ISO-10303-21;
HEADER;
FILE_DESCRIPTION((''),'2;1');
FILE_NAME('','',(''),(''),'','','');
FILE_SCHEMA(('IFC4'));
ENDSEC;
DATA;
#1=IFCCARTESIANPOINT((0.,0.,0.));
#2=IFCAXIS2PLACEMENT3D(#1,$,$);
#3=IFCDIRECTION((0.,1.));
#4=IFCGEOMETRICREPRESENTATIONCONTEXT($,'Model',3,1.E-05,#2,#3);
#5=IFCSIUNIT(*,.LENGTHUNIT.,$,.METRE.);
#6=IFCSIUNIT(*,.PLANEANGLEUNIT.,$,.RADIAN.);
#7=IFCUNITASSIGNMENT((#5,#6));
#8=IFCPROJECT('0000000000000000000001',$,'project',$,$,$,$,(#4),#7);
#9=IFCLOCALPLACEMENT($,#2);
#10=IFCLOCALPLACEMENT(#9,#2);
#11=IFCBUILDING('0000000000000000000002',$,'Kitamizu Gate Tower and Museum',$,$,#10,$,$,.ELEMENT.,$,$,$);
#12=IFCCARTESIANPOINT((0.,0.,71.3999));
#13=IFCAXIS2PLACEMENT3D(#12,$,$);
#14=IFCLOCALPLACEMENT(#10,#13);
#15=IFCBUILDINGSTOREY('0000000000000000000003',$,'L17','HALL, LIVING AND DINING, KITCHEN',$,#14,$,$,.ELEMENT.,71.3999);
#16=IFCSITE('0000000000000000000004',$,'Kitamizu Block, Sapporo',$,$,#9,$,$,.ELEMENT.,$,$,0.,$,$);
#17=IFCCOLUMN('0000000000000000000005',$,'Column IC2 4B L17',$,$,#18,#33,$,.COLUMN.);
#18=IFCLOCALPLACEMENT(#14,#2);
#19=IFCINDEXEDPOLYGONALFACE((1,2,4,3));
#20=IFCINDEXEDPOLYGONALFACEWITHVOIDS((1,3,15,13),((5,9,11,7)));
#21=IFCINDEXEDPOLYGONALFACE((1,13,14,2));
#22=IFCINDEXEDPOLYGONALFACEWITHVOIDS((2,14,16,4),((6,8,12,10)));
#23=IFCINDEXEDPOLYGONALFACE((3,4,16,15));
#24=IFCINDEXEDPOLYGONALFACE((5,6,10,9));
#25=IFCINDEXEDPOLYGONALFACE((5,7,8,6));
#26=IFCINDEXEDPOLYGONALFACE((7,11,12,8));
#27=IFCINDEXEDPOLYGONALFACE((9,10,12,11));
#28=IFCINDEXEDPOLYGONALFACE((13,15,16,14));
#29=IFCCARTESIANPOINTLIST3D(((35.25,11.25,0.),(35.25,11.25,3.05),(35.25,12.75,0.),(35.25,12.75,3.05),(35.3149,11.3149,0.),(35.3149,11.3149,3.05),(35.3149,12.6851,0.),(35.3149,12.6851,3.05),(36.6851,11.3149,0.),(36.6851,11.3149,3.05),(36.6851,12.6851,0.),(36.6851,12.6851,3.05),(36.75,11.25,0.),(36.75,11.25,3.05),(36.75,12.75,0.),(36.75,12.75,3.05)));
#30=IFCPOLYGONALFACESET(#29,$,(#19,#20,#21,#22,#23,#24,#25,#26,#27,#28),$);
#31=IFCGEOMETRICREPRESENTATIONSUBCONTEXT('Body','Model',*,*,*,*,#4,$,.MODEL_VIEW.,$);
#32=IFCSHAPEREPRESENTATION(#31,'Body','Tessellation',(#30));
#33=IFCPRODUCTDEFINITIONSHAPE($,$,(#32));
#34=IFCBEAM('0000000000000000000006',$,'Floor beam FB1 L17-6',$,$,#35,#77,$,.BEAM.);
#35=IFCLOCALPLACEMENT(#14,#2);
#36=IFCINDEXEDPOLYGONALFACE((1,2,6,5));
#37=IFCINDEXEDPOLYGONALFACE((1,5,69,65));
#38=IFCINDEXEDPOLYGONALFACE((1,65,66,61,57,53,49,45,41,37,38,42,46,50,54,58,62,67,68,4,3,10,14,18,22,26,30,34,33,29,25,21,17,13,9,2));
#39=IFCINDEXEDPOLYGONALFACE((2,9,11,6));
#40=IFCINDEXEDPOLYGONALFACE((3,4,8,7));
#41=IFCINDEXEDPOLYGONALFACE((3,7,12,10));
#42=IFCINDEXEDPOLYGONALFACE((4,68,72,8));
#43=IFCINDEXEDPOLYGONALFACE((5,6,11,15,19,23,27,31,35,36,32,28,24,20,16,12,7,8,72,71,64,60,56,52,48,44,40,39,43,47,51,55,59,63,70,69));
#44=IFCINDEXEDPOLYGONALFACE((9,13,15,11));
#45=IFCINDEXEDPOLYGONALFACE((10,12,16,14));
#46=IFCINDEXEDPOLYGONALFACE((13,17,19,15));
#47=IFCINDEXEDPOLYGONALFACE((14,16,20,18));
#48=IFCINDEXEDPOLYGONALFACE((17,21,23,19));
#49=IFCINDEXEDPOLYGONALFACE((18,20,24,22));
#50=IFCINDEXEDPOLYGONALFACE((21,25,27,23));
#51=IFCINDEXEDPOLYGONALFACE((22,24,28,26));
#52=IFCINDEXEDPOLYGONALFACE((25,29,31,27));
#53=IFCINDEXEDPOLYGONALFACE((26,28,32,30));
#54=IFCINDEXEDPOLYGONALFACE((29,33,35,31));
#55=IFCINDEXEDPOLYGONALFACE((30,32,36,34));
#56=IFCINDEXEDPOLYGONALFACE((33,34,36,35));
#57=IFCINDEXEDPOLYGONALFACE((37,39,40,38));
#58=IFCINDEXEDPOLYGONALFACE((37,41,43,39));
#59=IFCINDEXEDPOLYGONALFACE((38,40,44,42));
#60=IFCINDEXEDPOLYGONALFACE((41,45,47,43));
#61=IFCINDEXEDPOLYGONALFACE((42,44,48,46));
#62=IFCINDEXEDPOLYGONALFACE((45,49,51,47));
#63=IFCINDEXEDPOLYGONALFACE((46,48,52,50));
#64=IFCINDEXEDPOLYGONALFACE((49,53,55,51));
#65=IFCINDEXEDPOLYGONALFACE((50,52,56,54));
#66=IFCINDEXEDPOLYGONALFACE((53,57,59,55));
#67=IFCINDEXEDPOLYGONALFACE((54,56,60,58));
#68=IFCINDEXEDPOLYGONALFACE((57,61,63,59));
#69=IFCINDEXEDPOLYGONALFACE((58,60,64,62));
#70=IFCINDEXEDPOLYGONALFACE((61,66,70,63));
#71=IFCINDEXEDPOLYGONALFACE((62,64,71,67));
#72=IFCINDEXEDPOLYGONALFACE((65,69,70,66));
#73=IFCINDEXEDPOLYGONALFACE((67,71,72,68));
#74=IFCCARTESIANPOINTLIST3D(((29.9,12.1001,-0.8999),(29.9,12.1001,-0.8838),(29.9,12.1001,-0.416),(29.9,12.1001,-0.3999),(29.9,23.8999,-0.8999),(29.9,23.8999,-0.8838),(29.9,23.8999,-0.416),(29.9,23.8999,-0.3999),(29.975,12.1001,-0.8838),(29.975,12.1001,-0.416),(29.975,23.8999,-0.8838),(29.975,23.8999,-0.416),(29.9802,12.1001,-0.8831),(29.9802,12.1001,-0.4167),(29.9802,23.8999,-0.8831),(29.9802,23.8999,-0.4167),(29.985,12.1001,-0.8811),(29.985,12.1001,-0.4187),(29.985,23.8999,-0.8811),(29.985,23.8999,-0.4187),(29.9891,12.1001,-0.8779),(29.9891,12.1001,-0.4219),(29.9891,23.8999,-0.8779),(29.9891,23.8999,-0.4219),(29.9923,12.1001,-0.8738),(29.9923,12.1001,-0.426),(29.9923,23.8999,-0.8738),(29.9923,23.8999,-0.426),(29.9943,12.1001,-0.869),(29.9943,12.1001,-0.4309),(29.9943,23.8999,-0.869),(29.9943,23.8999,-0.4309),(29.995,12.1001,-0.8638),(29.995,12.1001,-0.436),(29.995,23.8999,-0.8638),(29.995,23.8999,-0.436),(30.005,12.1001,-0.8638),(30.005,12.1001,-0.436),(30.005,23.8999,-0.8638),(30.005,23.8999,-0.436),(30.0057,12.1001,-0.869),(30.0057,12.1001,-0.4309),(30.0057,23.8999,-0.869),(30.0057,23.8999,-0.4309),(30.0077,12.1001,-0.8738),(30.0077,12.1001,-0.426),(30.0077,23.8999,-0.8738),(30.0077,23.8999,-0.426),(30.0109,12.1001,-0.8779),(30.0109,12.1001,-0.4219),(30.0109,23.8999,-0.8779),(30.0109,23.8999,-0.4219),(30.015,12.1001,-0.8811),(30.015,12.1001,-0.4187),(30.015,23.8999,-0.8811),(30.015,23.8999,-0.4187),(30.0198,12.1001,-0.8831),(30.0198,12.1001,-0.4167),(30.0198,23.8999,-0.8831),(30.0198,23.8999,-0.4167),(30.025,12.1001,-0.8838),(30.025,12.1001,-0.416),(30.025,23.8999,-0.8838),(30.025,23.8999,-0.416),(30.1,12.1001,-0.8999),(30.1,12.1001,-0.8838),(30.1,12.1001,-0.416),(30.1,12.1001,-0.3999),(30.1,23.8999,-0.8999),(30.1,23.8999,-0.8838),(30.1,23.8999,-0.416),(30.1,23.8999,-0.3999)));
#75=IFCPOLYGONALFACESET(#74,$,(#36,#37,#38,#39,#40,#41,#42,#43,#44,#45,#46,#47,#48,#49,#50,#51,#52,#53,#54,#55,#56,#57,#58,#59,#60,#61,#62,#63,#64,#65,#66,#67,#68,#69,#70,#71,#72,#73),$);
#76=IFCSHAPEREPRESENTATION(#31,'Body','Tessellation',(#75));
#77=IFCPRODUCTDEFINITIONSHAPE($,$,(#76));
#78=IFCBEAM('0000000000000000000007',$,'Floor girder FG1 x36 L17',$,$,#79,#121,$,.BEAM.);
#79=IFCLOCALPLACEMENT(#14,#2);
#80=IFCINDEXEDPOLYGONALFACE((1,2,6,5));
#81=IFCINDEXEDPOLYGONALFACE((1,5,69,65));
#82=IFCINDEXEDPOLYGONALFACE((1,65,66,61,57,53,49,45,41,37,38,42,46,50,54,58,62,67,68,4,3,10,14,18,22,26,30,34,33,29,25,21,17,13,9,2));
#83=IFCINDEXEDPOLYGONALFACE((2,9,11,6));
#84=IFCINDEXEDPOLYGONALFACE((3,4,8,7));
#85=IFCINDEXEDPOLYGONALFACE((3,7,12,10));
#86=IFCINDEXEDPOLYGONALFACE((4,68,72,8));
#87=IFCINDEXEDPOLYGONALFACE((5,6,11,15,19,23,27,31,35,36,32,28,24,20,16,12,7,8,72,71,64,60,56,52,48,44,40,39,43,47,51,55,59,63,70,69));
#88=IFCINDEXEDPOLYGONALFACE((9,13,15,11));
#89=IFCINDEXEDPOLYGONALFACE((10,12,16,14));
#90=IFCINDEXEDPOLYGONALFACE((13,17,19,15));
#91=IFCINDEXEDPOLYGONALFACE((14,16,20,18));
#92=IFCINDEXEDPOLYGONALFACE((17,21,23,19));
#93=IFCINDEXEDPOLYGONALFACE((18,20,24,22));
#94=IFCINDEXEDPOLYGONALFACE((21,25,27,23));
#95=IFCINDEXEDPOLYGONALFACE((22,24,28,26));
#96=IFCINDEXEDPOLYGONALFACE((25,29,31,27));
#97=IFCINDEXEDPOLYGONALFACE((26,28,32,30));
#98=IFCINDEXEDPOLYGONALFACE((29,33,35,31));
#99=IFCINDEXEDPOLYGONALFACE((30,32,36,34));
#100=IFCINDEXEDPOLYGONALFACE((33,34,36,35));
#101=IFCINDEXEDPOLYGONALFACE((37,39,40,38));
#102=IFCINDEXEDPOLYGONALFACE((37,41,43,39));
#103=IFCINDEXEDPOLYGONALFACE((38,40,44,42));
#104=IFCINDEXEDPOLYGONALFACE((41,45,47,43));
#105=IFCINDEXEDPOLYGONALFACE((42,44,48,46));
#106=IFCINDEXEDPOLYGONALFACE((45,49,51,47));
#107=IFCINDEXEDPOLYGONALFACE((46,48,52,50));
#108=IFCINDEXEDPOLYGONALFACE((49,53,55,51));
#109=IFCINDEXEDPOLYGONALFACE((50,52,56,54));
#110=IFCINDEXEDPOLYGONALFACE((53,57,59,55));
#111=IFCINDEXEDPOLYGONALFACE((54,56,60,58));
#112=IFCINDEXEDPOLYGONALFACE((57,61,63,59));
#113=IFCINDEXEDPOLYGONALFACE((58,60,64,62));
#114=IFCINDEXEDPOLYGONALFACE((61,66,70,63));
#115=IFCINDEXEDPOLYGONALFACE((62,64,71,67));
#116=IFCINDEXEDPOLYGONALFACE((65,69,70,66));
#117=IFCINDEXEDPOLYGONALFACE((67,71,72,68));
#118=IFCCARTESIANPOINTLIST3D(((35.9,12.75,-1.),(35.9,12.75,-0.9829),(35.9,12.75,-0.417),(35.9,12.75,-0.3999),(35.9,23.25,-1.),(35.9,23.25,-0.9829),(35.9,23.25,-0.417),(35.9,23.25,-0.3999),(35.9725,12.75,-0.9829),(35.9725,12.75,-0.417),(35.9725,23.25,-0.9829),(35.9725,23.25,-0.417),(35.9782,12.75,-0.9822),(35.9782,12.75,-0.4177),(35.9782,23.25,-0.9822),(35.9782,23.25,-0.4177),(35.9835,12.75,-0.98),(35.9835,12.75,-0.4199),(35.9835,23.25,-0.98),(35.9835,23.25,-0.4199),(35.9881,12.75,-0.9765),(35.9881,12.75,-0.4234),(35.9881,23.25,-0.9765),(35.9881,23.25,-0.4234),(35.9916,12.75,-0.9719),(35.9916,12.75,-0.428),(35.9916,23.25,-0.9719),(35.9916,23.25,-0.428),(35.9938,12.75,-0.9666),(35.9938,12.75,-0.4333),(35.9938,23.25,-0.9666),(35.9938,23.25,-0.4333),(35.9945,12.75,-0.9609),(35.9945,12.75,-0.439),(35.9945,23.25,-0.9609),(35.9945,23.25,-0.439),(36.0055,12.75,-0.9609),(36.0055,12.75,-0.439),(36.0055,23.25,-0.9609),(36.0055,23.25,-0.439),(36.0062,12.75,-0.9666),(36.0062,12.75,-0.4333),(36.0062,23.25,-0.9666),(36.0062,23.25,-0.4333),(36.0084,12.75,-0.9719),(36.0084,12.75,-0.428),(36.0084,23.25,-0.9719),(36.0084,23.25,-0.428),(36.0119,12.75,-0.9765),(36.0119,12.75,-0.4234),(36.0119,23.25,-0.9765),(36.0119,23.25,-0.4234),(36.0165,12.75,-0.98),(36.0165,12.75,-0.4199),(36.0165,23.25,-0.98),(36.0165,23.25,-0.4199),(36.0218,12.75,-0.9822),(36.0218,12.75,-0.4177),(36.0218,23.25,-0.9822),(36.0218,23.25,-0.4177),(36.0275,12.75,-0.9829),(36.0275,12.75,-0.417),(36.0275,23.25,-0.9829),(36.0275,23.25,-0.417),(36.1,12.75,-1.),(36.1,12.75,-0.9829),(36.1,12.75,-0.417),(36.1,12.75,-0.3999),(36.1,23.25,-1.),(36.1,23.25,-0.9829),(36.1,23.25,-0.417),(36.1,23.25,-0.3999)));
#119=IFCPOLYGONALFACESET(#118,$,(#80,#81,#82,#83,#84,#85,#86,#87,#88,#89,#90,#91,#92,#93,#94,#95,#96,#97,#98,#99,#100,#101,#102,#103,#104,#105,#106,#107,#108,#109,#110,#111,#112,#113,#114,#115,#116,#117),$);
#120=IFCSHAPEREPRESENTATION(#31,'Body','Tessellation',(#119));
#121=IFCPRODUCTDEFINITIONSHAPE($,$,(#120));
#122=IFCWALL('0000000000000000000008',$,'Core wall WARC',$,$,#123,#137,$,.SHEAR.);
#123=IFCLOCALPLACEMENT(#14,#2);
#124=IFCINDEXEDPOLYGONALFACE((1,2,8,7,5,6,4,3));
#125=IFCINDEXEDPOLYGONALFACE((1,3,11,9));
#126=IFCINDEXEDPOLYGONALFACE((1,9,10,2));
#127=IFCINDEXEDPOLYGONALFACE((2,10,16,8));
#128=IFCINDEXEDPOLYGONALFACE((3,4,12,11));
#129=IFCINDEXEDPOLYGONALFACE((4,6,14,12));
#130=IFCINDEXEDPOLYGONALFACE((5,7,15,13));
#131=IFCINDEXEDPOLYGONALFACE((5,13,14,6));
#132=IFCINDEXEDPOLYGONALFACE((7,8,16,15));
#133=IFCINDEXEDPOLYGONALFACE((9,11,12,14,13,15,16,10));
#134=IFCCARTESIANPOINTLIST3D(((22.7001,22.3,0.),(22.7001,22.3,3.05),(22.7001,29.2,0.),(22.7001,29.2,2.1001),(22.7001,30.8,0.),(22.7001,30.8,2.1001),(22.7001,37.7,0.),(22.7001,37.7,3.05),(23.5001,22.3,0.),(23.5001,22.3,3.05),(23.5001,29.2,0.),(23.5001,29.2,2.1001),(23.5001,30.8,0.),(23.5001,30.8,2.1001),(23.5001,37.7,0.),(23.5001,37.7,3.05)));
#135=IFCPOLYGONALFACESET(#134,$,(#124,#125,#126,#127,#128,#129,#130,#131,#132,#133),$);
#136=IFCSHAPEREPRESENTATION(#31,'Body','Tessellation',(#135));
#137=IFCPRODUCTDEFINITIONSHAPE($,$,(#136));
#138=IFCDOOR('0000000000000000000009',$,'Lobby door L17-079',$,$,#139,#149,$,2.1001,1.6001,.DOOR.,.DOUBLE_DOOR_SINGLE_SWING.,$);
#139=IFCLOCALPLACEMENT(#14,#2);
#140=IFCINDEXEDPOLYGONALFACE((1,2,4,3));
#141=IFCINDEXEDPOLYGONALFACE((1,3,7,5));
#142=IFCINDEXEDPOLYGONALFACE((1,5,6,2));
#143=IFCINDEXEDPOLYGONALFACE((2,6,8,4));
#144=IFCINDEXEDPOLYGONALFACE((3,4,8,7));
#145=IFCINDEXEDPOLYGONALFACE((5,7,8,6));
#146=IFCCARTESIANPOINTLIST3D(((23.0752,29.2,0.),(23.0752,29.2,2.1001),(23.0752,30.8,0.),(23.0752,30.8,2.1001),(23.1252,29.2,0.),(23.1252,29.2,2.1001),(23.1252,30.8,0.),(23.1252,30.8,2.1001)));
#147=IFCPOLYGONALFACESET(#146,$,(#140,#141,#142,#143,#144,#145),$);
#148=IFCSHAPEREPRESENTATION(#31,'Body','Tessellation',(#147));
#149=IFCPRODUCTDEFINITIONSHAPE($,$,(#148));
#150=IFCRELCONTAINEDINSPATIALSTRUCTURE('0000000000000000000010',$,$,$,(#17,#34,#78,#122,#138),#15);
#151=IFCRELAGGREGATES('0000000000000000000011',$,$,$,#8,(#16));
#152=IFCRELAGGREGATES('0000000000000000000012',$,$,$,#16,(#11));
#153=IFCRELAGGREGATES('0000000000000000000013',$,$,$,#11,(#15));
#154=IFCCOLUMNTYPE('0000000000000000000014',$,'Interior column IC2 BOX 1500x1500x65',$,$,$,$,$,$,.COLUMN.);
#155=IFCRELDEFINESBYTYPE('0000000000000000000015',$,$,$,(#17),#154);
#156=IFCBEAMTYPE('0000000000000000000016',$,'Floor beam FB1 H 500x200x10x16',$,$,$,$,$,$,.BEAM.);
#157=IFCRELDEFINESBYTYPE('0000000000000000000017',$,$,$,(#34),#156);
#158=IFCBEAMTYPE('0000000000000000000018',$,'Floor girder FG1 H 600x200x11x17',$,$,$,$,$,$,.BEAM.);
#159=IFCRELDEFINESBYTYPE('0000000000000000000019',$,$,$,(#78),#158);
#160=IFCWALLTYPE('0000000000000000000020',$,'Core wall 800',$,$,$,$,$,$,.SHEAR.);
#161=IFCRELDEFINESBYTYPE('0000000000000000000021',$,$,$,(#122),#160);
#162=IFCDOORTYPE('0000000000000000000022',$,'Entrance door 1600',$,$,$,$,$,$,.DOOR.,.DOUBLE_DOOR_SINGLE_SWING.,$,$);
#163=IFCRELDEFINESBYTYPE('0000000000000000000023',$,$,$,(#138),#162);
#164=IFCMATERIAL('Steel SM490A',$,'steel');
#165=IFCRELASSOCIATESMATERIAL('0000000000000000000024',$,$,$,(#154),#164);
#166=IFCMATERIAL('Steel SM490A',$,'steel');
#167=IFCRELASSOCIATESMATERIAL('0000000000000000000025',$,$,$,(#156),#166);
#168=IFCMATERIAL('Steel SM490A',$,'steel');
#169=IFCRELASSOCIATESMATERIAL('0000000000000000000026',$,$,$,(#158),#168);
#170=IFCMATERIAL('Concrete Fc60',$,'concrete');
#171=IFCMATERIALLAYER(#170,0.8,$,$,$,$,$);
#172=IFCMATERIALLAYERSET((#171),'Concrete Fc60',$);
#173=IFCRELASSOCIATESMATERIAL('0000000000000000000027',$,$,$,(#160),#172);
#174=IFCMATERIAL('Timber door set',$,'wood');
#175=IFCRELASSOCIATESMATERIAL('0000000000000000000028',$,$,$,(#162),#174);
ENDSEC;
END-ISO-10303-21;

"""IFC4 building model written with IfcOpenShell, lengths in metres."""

from ifc_helpers import new_model, si_unit, direction, frame, frame_2d, origin, origin_2d, place, context, subcontext, project, spatial, rectangle, hollow_rectangle, i_section, extrude, material, layer, layer_set, material_profile, profile_set, type_object, element, fill, save


model = new_model("IFC4")

# Units and contexts
model_context = context("Model", 3, precision=1e-05, world=origin(), true_north=direction((0.0, 1.0)))
body_context = subcontext(model_context, "Body", "Model", "MODEL_VIEW")
ifc_project = project(units=[si_unit("LENGTHUNIT", "METRE"), si_unit("PLANEANGLEUNIT", "RADIAN")], contexts=[model_context])

# Site, building, storey
site_placement = place(None, origin())
site = spatial("IfcSite", under=ifc_project, at=site_placement, Name="Kitamizu Block, Sapporo", CompositionType="ELEMENT", RefElevation=0.0)
building_placement = place(site_placement, origin())
building = spatial("IfcBuilding", under=site, at=building_placement, Name="Kitamizu Gate Tower and Museum", CompositionType="ELEMENT")
storey_placement = place(building_placement, frame((0.0, 0.0, 71.3999)))
storey = spatial("IfcBuildingStorey", under=building, at=storey_placement, Name="L17", Description="HALL, LIVING AND DINING, KITCHEN", CompositionType="ELEMENT", Elevation=71.3999)

# Column
ifc_material_1 = material(Name="Steel SM490A", Category="steel")
ifc_material_profile_1 = material_profile(ifc_material_1, hollow_rectangle(XDim=1.5, YDim=1.5, WallThickness=0.0649, at=origin_2d()), Name="BOX 1500x1500x65")
ifc_profile_set_1 = profile_set([ifc_material_profile_1], Name="Steel SM490A")
column_type = type_object("IfcColumnType", Name="Interior column IC2 BOX 1500x1500x65", PredefinedType="COLUMN", material=ifc_profile_set_1)
column_placement = place(storey_placement, frame((36.0, 12.0, 0.0), z_axis=(0.0, 0.0, 1.0), x_axis=(1.0, 0.0, 0.0)))
element("IfcColumn", 1, at=column_placement, inside=storey, type_object=column_type, Name="Column IC2 4B L17", PredefinedType="COLUMN", context=body_context, shape_type="SweptSolid", body=[
    extrude(hollow_rectangle(XDim=1.5, YDim=1.5, WallThickness=0.0649, at=origin_2d()), origin(), (0.0, 0.0, 1.0), 3.05),
])

# Beams
ifc_material_2 = material(Name="Steel SM490A", Category="steel")
ifc_material_profile_2 = material_profile(ifc_material_2, i_section(OverallWidth=0.2, OverallDepth=0.5, WebThickness=0.01, FlangeThickness=0.0161, FilletRadius=0.02, at=origin_2d()), Name="H-500x200x10x16")
ifc_profile_set_2 = profile_set([ifc_material_profile_2], Name="Steel SM490A")
beam_type_1 = type_object("IfcBeamType", Name="Floor beam FB1 H 500x200x10x16", PredefinedType="BEAM", material=ifc_profile_set_2)
beam_1_placement = place(storey_placement, frame((30.0, 12.1001, -0.6499), z_axis=(0.0, 1.0, 0.0), x_axis=(-1.0, 0.0, 0.0)))
element("IfcBeam", 2, at=beam_1_placement, inside=storey, type_object=beam_type_1, Name="Floor beam FB1 L17-6", PredefinedType="BEAM", context=body_context, shape_type="SweptSolid", body=[
    extrude(i_section(OverallWidth=0.2, OverallDepth=0.5, WebThickness=0.01, FlangeThickness=0.0161, FilletRadius=0.02, at=origin_2d()), origin(), (0.0, 0.0, 1.0), 11.7998),
])
ifc_material_3 = material(Name="Steel SM490A", Category="steel")
ifc_material_profile_3 = material_profile(ifc_material_3, i_section(OverallWidth=0.2, OverallDepth=0.6001, WebThickness=0.011, FlangeThickness=0.0171, FilletRadius=0.022, at=origin_2d()), Name="H-600x200x11x17")
ifc_profile_set_3 = profile_set([ifc_material_profile_3], Name="Steel SM490A")
beam_type_2 = type_object("IfcBeamType", Name="Floor girder FG1 H 600x200x11x17", PredefinedType="BEAM", material=ifc_profile_set_3)
beam_2_placement = place(storey_placement, frame((36.0, 12.75, -0.7), z_axis=(0.0, 1.0, 0.0), x_axis=(-1.0, 0.0, 0.0)))
element("IfcBeam", 3, at=beam_2_placement, inside=storey, type_object=beam_type_2, Name="Floor girder FG1 x36 L17", PredefinedType="BEAM", context=body_context, shape_type="SweptSolid", body=[
    extrude(i_section(OverallWidth=0.2, OverallDepth=0.6001, WebThickness=0.011, FlangeThickness=0.0171, FilletRadius=0.022, at=origin_2d()), origin(), (0.0, 0.0, 1.0), 10.5),
])

# Wall, opening, door
ifc_material_4 = material(Name="Concrete Fc60", Category="concrete")
ifc_layer_1 = layer(ifc_material_4, 0.8)
ifc_layer_set_1 = layer_set([ifc_layer_1], Name="Concrete Fc60")
wall_type_1 = type_object("IfcWallType", Name="Core wall 800", PredefinedType="SHEAR", material=ifc_layer_set_1)
wall_1_placement = place(storey_placement, frame((23.1001, 22.3, 0.0), z_axis=(0.0, 0.0, 1.0), x_axis=(0.0, 1.0, 0.0)))
wall_1 = element("IfcWall", 4, at=wall_1_placement, inside=storey, type_object=wall_type_1, Name="Core wall WARC", PredefinedType="SHEAR", context=body_context, shape_type="SweptSolid", body=[
    extrude(rectangle(XDim=15.3999, YDim=0.8, at=frame_2d((7.7, 0.0))), origin(), (0.0, 0.0, 1.0), 3.05),
])
opening_1_placement = place(wall_1_placement, frame((6.8999, 0.0, 0.0)))
opening_1 = element("IfcOpeningElement", 5, at=opening_1_placement, cuts=wall_1, PredefinedType="OPENING", context=body_context, shape_type="SweptSolid", body=[
    extrude(rectangle(XDim=1.6001, YDim=2.1001, at=frame_2d((0.8, 1.05))), frame((0.0, 0.4102, 0.0), z_axis=(0.0, -1.0, 0.0), x_axis=(1.0, 0.0, 0.0)), (0.0, 0.0, 1.0), 0.8201),
])
ifc_material_5 = material(Name="Timber door set", Category="wood")
door_type_1 = type_object("IfcDoorType", Name="Entrance door 1600", OperationType="DOUBLE_DOOR_SINGLE_SWING", PredefinedType="DOOR", material=ifc_material_5)
door_1_placement = place(opening_1_placement, origin())
door_1 = element("IfcDoor", 6, at=door_1_placement, inside=storey, type_object=door_type_1, Name="Lobby door L17-079", OperationType="DOUBLE_DOOR_SINGLE_SWING", OverallHeight=2.1001, OverallWidth=1.6001, PredefinedType="DOOR", context=body_context, shape_type="SweptSolid", body=[
    extrude(rectangle(XDim=1.6001, YDim=2.1001, at=frame_2d((0.8, 1.05))), frame((0.0, 0.0249, 0.0), z_axis=(0.0, -1.0, 0.0), x_axis=(1.0, 0.0, 0.0)), (0.0, 0.0, 1.0), 0.05),
])
fill(opening_1, door_1)

save(model, "model.ifc")
